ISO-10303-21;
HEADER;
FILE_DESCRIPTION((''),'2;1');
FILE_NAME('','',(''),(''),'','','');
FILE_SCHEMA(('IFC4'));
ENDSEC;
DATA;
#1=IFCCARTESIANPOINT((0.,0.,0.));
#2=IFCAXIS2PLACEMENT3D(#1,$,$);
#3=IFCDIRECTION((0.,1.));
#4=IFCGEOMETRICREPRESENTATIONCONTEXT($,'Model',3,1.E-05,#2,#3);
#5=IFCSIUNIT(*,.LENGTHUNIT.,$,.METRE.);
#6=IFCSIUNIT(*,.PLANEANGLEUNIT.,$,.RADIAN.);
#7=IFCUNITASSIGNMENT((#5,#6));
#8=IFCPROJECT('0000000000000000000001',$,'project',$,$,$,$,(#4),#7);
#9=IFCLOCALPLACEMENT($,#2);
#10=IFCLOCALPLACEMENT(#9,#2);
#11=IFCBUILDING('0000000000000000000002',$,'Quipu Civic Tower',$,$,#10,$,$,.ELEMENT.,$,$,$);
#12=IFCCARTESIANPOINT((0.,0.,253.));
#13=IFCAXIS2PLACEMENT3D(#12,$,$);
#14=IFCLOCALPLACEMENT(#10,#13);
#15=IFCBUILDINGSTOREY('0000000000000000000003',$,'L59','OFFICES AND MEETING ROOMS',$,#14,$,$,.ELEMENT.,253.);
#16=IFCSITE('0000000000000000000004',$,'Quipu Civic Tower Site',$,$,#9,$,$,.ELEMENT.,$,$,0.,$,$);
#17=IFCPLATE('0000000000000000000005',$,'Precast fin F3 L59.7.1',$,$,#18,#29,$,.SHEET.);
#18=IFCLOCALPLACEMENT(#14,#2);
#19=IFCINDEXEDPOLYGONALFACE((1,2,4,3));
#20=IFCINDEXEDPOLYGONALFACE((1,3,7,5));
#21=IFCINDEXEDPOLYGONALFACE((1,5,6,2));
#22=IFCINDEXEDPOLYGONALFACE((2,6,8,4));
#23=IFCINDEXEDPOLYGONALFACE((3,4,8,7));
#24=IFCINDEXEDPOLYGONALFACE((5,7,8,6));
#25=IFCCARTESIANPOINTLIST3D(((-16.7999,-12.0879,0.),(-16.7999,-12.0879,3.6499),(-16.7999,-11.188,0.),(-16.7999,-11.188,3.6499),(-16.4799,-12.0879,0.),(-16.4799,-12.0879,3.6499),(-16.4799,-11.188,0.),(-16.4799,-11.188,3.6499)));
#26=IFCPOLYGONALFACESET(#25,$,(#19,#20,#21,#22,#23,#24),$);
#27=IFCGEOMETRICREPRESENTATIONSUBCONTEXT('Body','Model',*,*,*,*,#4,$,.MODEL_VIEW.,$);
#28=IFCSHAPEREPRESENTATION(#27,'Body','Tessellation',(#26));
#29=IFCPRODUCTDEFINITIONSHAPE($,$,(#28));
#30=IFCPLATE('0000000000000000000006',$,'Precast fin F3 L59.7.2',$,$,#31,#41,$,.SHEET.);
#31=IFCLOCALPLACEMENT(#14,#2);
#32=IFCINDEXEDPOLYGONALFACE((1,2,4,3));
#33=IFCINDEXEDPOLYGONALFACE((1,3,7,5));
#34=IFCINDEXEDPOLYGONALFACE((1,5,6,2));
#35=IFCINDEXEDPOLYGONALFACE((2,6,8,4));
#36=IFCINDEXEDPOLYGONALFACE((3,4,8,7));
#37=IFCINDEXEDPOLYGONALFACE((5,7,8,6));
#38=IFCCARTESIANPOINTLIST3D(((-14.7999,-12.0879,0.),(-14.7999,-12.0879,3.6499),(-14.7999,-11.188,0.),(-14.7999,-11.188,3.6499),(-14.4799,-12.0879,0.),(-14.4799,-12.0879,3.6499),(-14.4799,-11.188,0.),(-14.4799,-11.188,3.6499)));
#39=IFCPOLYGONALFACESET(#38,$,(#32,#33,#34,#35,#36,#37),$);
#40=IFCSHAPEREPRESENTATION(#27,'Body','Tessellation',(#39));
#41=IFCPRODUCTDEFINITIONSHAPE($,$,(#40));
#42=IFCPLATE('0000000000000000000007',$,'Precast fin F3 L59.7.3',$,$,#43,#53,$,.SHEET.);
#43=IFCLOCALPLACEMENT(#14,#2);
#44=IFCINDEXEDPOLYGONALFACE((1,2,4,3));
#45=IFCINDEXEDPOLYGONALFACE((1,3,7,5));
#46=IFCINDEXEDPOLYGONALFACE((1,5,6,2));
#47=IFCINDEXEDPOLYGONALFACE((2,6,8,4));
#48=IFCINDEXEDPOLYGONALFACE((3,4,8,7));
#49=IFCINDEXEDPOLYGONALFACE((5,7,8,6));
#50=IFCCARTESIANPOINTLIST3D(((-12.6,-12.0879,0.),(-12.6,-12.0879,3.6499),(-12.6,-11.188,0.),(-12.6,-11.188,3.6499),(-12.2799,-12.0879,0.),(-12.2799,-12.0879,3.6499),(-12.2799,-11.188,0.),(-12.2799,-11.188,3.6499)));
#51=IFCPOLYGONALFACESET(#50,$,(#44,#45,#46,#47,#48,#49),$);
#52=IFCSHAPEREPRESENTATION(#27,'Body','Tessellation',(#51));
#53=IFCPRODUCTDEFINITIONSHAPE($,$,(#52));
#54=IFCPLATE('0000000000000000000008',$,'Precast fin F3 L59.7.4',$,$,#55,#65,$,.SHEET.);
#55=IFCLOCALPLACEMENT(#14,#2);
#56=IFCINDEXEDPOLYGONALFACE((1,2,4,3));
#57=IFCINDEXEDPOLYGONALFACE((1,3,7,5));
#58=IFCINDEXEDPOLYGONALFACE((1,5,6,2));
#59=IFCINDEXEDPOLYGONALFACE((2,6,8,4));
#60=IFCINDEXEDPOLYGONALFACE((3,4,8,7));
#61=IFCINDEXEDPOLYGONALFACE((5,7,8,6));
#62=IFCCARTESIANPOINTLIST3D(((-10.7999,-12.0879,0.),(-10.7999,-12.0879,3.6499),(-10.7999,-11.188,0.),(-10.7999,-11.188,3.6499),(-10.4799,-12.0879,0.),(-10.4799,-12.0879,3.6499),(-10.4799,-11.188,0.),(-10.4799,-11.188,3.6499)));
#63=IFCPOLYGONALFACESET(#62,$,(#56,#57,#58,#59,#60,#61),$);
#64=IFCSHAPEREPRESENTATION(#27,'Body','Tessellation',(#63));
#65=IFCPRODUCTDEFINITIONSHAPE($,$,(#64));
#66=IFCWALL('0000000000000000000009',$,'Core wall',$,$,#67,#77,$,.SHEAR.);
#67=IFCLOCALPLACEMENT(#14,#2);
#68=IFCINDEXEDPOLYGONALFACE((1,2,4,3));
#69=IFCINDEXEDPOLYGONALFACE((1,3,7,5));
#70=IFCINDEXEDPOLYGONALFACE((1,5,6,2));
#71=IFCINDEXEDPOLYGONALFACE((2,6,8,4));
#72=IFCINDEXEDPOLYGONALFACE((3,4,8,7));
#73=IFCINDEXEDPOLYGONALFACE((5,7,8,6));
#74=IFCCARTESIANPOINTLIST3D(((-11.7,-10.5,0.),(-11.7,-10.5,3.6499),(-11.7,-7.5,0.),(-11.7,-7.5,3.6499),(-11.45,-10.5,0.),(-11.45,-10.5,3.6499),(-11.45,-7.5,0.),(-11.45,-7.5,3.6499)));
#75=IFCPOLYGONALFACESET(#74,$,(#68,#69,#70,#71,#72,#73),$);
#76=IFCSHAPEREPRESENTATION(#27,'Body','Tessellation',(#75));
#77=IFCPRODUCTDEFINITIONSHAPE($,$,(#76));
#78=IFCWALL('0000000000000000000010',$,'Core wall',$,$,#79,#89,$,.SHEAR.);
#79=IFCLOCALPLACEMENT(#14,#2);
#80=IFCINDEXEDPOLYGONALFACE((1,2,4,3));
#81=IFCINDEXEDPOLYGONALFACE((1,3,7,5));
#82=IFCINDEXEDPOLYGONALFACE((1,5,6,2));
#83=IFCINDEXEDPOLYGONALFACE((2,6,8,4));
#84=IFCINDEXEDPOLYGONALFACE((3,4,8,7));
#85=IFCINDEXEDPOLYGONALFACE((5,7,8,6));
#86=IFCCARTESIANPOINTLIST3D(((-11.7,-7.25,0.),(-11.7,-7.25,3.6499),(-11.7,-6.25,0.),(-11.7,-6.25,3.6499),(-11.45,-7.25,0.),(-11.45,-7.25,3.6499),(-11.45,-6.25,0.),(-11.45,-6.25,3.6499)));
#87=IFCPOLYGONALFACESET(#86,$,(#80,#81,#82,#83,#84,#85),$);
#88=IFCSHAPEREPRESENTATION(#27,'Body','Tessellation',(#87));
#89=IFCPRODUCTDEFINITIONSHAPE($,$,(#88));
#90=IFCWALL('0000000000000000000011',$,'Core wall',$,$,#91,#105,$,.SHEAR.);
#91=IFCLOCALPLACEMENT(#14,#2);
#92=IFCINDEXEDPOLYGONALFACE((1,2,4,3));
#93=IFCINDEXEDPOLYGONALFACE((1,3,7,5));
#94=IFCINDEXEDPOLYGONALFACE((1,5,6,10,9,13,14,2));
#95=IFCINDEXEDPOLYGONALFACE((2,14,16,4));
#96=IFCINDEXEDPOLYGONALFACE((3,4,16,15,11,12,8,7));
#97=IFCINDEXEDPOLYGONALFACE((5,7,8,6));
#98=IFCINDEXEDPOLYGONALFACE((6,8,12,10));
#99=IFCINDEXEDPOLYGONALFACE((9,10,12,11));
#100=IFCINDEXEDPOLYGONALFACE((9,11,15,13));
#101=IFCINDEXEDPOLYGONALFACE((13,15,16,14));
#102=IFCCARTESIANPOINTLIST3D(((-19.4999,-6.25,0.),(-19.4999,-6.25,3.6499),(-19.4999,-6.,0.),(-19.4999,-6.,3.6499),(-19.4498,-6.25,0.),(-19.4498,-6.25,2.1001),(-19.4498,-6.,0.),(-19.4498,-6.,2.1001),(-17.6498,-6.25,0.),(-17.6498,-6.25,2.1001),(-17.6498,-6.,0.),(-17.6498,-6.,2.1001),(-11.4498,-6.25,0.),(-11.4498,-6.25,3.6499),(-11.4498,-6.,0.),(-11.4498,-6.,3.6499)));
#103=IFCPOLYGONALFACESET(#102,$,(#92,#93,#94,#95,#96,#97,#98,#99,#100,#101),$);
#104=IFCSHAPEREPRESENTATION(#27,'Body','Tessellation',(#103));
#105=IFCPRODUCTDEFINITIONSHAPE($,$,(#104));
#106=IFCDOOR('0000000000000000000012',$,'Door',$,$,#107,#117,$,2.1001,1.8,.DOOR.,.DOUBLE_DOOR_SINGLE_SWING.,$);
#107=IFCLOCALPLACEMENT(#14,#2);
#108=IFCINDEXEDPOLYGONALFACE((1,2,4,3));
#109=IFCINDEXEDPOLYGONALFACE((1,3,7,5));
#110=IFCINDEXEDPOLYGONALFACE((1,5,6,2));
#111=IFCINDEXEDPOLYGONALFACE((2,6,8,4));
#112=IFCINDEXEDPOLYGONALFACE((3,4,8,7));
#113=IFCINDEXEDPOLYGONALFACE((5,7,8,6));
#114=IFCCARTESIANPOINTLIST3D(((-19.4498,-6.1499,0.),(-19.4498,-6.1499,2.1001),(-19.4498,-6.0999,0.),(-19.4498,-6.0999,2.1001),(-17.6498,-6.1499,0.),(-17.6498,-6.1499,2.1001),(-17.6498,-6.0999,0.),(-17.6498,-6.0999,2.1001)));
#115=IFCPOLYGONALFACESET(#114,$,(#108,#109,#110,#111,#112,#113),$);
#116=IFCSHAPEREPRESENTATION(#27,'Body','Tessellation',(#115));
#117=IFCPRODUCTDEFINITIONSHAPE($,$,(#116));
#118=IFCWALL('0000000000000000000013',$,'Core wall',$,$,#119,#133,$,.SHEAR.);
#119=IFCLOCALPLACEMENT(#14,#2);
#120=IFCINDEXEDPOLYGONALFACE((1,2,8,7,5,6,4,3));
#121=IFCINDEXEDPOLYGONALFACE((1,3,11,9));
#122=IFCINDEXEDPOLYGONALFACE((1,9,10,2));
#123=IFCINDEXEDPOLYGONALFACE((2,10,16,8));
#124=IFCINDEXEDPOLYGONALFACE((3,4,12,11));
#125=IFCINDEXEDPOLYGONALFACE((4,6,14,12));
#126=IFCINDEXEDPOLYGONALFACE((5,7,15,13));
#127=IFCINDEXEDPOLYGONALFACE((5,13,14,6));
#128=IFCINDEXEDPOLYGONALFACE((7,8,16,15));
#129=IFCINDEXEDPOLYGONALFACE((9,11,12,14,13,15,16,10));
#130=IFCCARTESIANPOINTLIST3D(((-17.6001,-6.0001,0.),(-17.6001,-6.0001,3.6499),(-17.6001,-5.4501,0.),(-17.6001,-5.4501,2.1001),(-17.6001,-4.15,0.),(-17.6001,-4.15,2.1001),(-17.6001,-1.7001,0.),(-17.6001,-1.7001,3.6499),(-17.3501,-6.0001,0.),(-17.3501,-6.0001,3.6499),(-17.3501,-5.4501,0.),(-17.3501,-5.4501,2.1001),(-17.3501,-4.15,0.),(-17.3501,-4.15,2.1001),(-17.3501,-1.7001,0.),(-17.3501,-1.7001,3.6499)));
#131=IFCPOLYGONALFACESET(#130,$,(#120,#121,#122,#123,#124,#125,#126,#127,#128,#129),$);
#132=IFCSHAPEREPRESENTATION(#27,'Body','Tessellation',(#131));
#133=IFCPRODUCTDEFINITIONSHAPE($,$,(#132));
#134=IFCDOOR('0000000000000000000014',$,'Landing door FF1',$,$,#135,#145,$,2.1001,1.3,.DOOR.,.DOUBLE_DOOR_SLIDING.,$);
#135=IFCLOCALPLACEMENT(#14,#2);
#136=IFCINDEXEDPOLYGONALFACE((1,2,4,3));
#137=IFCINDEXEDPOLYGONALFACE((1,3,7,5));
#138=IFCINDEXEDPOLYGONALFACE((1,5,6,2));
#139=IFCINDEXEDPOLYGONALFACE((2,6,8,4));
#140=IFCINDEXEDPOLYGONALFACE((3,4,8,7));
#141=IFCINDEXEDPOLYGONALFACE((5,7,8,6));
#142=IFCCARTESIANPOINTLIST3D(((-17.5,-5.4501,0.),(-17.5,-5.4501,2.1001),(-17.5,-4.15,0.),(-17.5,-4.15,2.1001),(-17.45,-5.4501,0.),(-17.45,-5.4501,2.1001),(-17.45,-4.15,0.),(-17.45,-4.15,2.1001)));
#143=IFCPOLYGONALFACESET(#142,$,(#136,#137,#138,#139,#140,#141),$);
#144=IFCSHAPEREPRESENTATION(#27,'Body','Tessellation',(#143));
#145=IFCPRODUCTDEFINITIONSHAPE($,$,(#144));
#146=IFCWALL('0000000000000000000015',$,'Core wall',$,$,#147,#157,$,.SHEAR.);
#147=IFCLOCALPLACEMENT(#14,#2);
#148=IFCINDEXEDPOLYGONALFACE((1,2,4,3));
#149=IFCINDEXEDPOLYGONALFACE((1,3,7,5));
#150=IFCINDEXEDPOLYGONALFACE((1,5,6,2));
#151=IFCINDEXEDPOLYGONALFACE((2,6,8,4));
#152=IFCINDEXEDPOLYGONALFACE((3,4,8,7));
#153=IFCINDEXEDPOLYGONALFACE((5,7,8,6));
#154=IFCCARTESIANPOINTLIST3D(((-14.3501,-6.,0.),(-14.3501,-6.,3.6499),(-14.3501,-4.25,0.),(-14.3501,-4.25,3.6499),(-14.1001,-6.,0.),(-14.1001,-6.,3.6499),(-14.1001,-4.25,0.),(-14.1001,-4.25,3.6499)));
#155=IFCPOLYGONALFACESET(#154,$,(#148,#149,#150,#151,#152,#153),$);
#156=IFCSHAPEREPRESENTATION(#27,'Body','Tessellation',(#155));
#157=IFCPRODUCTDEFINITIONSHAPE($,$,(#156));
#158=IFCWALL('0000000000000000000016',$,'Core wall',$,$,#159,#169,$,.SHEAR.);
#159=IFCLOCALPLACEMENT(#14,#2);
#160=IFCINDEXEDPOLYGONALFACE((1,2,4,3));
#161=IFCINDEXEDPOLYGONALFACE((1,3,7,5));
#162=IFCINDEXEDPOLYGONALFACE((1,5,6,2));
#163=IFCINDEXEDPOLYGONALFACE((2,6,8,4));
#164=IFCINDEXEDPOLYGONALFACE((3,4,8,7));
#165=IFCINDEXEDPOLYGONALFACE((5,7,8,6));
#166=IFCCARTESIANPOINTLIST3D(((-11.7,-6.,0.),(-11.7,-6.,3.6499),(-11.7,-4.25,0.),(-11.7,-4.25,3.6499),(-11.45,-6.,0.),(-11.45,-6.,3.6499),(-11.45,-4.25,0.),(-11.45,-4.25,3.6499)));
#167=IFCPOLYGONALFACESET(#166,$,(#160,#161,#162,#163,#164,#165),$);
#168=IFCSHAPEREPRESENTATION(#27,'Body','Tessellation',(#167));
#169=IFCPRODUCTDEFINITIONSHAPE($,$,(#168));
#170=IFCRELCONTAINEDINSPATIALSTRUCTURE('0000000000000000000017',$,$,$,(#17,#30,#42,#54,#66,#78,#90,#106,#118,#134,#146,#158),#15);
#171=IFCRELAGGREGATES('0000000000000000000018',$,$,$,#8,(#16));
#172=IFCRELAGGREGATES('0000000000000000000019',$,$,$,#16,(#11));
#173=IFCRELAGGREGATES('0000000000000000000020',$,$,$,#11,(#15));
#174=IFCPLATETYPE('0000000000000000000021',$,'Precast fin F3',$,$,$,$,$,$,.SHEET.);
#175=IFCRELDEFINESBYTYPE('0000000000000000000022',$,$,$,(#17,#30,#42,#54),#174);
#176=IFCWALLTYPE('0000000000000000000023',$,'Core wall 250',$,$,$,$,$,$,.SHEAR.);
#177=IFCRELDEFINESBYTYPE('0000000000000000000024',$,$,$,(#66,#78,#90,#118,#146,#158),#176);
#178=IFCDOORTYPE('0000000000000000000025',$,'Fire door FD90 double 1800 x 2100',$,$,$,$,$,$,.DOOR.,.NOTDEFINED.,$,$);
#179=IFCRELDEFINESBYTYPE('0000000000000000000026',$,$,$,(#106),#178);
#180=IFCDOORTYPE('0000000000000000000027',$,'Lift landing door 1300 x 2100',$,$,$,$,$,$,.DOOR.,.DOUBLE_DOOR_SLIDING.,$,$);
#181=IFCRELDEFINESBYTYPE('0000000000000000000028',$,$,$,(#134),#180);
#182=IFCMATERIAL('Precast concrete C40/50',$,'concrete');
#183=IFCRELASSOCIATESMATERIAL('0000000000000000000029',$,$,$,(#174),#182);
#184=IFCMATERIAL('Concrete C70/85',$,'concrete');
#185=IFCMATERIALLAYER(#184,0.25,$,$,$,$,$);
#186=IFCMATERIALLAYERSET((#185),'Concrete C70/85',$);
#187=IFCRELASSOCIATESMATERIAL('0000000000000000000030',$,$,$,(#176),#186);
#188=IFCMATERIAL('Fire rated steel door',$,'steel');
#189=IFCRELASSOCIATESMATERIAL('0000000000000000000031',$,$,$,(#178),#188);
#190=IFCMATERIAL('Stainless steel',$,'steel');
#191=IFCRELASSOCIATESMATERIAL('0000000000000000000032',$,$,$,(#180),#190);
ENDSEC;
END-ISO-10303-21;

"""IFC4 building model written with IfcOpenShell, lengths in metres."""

from ifc_helpers import new_model, si_unit, direction, frame, frame_2d, origin, origin_2d, place, context, subcontext, project, spatial, rectangle, extrude, material, layer, layer_set, type_object, element, fill, save


model = new_model("IFC4")

# Units and contexts
model_context = context("Model", 3, precision=1e-05, world=origin(), true_north=direction((0.0, 1.0)))
body_context = subcontext(model_context, "Body", "Model", "MODEL_VIEW")
ifc_project = project(units=[si_unit("LENGTHUNIT", "METRE"), si_unit("PLANEANGLEUNIT", "RADIAN")], contexts=[model_context])

# Site, building, storey
site_placement = place(None, origin())
site = spatial("IfcSite", under=ifc_project, at=site_placement, Name="Quipu Civic Tower Site", CompositionType="ELEMENT", RefElevation=0.0)
building_placement = place(site_placement, origin())
building = spatial("IfcBuilding", under=site, at=building_placement, Name="Quipu Civic Tower", CompositionType="ELEMENT")
storey_placement = place(building_placement, frame((0.0, 0.0, 253.0)))
storey = spatial("IfcBuildingStorey", under=building, at=storey_placement, Name="L59", Description="OFFICES AND MEETING ROOMS", CompositionType="ELEMENT", Elevation=253.0)

# Plates
ifc_material_1 = material(Name="Precast concrete C40/50", Category="concrete")
plate_type = type_object("IfcPlateType", Name="Precast fin F3", PredefinedType="SHEET", material=ifc_material_1)
for number, where, z_axis, x_axis, name in (
    (1, (-16.6399, -11.6379, 0.0), (0.0, 0.0, 1.0), (1.0, 0.0, 0.0), "Precast fin F3 L59.7.1"),
    (2, (-14.6399, -11.6379, 0.0), (0.0, 0.0, 1.0), (1.0, 0.0, 0.0), "Precast fin F3 L59.7.2"),
    (3, (-12.4399, -11.6379, 0.0), (0.0, 0.0, 1.0), (1.0, 0.0, 0.0), "Precast fin F3 L59.7.3"),
    (4, (-10.6399, -11.6379, 0.0), (0.0, 0.0, 1.0), (1.0, 0.0, 0.0), "Precast fin F3 L59.7.4"),
):
    element("IfcPlate", number, at=place(storey_placement, frame(where, z_axis=z_axis, x_axis=x_axis)), inside=storey, type_object=plate_type, Name=name, PredefinedType="SHEET", context=body_context, shape_type="SweptSolid", body=[
        extrude(rectangle(XDim=0.3201, YDim=0.8999, at=origin_2d()), origin(), (0.0, 0.0, 1.0), 3.6499),
    ])

# Walls
ifc_material_2 = material(Name="Concrete C70/85", Category="concrete")
ifc_layer = layer(ifc_material_2, 0.25)
ifc_layer_set = layer_set([ifc_layer], Name="Concrete C70/85")
wall_type_1 = type_object("IfcWallType", Name="Core wall 250", PredefinedType="SHEAR", material=ifc_layer_set)
wall_1_placement = place(storey_placement, frame((-11.575, -10.5, 0.0), z_axis=(0.0, 0.0, 1.0), x_axis=(0.0, 1.0, 0.0)))
element("IfcWall", 5, at=wall_1_placement, inside=storey, type_object=wall_type_1, Name="Core wall", PredefinedType="SHEAR", context=body_context, shape_type="SweptSolid", body=[
    extrude(rectangle(XDim=3.0, YDim=0.25, at=frame_2d((1.5, 0.0))), origin(), (0.0, 0.0, 1.0), 3.6499),
])
wall_2_placement = place(storey_placement, frame((-11.575, -7.25, 0.0), z_axis=(0.0, 0.0, 1.0), x_axis=(0.0, 1.0, 0.0)))
element("IfcWall", 6, at=wall_2_placement, inside=storey, type_object=wall_type_1, Name="Core wall", PredefinedType="SHEAR", context=body_context, shape_type="SweptSolid", body=[
    extrude(rectangle(XDim=1.0, YDim=0.25, at=frame_2d((0.5, 0.0))), origin(), (0.0, 0.0, 1.0), 3.6499),
])

# Walls, openings, doors
wall_3_placement = place(storey_placement, frame((-11.45, -6.125, 0.0), z_axis=(0.0, 0.0, 1.0), x_axis=(-1.0, 0.0, 0.0)))
wall_3 = element("IfcWall", 7, at=wall_3_placement, inside=storey, type_object=wall_type_1, Name="Core wall", PredefinedType="SHEAR", context=body_context, shape_type="SweptSolid", body=[
    extrude(rectangle(XDim=8.05, YDim=0.25, at=frame_2d((4.0249, 0.0))), origin(), (0.0, 0.0, 1.0), 3.6499),
])
opening_1_placement = place(wall_3_placement, frame((6.2, 0.0, 0.0)))
opening_1 = element("IfcOpeningElement", 8, at=opening_1_placement, cuts=wall_3, PredefinedType="OPENING", context=body_context, shape_type="SweptSolid", body=[
    extrude(rectangle(XDim=1.8, YDim=2.1001, at=frame_2d((0.8999, 1.05))), frame((0.0, 0.135, 0.0), z_axis=(0.0, -1.0, 0.0), x_axis=(1.0, 0.0, 0.0)), (0.0, 0.0, 1.0), 0.27),
])
ifc_material_3 = material(Name="Fire rated steel door", Category="steel")
door_type_1 = type_object("IfcDoorType", Name="Fire door FD90 double 1800 x 2100", OperationType="NOTDEFINED", PredefinedType="DOOR", material=ifc_material_3)
door_1_placement = place(opening_1_placement, origin())
door_1 = element("IfcDoor", 9, at=door_1_placement, inside=storey, type_object=door_type_1, Name="Door", OperationType="DOUBLE_DOOR_SINGLE_SWING", OverallHeight=2.1001, OverallWidth=1.8, PredefinedType="DOOR", context=body_context, shape_type="SweptSolid", body=[
    extrude(rectangle(XDim=1.8, YDim=2.1001, at=frame_2d((0.8999, 1.05))), frame((0.0, 0.0249, 0.0), z_axis=(0.0, -1.0, 0.0), x_axis=(1.0, 0.0, 0.0)), (0.0, 0.0, 1.0), 0.05),
])
fill(opening_1, door_1)
wall_4_placement = place(storey_placement, frame((-17.4751, -6.0, 0.0), z_axis=(0.0, 0.0, 1.0), x_axis=(0.0, 1.0, 0.0)))
wall_4 = element("IfcWall", 10, at=wall_4_placement, inside=storey, type_object=wall_type_1, Name="Core wall", PredefinedType="SHEAR", context=body_context, shape_type="SweptSolid", body=[
    extrude(rectangle(XDim=4.3, YDim=0.25, at=frame_2d((2.1499, 0.0))), origin(), (0.0, 0.0, 1.0), 3.6499),
])
opening_2_placement = place(wall_4_placement, frame((0.55, 0.0, 0.0)))
opening_2 = element("IfcOpeningElement", 11, at=opening_2_placement, cuts=wall_4, PredefinedType="OPENING", context=body_context, shape_type="SweptSolid", body=[
    extrude(rectangle(XDim=1.3, YDim=2.1001, at=frame_2d((0.6499, 1.05))), frame((0.0, 0.135, 0.0), z_axis=(0.0, -1.0, 0.0), x_axis=(1.0, 0.0, 0.0)), (0.0, 0.0, 1.0), 0.27),
])
ifc_material_4 = material(Name="Stainless steel", Category="steel")
door_type_2 = type_object("IfcDoorType", Name="Lift landing door 1300 x 2100", OperationType="DOUBLE_DOOR_SLIDING", PredefinedType="DOOR", material=ifc_material_4)
door_2_placement = place(opening_2_placement, origin())
door_2 = element("IfcDoor", 12, at=door_2_placement, inside=storey, type_object=door_type_2, Name="Landing door FF1", OperationType="DOUBLE_DOOR_SLIDING", OverallHeight=2.1001, OverallWidth=1.3, PredefinedType="DOOR", context=body_context, shape_type="SweptSolid", body=[
    extrude(rectangle(XDim=1.3, YDim=2.1001, at=frame_2d((0.6499, 1.05))), frame((0.0, 0.0249, 0.0), z_axis=(0.0, -1.0, 0.0), x_axis=(1.0, 0.0, 0.0)), (0.0, 0.0, 1.0), 0.05),
])
fill(opening_2, door_2)

# Walls
for number, where, z_axis, x_axis, name in (
    (13, (-14.2251, -6.0, 0.0), (0.0, 0.0, 1.0), (0.0, 1.0, 0.0), "Core wall"),
    (14, (-11.575, -6.0, 0.0), (0.0, 0.0, 1.0), (0.0, 1.0, 0.0), "Core wall"),
):
    element("IfcWall", number, at=place(storey_placement, frame(where, z_axis=z_axis, x_axis=x_axis)), inside=storey, type_object=wall_type_1, Name=name, PredefinedType="SHEAR", context=body_context, shape_type="SweptSolid", body=[
        extrude(rectangle(XDim=1.75, YDim=0.25, at=frame_2d((0.875, 0.0))), origin(), (0.0, 0.0, 1.0), 3.6499),
    ])

save(model, "model.ifc")
